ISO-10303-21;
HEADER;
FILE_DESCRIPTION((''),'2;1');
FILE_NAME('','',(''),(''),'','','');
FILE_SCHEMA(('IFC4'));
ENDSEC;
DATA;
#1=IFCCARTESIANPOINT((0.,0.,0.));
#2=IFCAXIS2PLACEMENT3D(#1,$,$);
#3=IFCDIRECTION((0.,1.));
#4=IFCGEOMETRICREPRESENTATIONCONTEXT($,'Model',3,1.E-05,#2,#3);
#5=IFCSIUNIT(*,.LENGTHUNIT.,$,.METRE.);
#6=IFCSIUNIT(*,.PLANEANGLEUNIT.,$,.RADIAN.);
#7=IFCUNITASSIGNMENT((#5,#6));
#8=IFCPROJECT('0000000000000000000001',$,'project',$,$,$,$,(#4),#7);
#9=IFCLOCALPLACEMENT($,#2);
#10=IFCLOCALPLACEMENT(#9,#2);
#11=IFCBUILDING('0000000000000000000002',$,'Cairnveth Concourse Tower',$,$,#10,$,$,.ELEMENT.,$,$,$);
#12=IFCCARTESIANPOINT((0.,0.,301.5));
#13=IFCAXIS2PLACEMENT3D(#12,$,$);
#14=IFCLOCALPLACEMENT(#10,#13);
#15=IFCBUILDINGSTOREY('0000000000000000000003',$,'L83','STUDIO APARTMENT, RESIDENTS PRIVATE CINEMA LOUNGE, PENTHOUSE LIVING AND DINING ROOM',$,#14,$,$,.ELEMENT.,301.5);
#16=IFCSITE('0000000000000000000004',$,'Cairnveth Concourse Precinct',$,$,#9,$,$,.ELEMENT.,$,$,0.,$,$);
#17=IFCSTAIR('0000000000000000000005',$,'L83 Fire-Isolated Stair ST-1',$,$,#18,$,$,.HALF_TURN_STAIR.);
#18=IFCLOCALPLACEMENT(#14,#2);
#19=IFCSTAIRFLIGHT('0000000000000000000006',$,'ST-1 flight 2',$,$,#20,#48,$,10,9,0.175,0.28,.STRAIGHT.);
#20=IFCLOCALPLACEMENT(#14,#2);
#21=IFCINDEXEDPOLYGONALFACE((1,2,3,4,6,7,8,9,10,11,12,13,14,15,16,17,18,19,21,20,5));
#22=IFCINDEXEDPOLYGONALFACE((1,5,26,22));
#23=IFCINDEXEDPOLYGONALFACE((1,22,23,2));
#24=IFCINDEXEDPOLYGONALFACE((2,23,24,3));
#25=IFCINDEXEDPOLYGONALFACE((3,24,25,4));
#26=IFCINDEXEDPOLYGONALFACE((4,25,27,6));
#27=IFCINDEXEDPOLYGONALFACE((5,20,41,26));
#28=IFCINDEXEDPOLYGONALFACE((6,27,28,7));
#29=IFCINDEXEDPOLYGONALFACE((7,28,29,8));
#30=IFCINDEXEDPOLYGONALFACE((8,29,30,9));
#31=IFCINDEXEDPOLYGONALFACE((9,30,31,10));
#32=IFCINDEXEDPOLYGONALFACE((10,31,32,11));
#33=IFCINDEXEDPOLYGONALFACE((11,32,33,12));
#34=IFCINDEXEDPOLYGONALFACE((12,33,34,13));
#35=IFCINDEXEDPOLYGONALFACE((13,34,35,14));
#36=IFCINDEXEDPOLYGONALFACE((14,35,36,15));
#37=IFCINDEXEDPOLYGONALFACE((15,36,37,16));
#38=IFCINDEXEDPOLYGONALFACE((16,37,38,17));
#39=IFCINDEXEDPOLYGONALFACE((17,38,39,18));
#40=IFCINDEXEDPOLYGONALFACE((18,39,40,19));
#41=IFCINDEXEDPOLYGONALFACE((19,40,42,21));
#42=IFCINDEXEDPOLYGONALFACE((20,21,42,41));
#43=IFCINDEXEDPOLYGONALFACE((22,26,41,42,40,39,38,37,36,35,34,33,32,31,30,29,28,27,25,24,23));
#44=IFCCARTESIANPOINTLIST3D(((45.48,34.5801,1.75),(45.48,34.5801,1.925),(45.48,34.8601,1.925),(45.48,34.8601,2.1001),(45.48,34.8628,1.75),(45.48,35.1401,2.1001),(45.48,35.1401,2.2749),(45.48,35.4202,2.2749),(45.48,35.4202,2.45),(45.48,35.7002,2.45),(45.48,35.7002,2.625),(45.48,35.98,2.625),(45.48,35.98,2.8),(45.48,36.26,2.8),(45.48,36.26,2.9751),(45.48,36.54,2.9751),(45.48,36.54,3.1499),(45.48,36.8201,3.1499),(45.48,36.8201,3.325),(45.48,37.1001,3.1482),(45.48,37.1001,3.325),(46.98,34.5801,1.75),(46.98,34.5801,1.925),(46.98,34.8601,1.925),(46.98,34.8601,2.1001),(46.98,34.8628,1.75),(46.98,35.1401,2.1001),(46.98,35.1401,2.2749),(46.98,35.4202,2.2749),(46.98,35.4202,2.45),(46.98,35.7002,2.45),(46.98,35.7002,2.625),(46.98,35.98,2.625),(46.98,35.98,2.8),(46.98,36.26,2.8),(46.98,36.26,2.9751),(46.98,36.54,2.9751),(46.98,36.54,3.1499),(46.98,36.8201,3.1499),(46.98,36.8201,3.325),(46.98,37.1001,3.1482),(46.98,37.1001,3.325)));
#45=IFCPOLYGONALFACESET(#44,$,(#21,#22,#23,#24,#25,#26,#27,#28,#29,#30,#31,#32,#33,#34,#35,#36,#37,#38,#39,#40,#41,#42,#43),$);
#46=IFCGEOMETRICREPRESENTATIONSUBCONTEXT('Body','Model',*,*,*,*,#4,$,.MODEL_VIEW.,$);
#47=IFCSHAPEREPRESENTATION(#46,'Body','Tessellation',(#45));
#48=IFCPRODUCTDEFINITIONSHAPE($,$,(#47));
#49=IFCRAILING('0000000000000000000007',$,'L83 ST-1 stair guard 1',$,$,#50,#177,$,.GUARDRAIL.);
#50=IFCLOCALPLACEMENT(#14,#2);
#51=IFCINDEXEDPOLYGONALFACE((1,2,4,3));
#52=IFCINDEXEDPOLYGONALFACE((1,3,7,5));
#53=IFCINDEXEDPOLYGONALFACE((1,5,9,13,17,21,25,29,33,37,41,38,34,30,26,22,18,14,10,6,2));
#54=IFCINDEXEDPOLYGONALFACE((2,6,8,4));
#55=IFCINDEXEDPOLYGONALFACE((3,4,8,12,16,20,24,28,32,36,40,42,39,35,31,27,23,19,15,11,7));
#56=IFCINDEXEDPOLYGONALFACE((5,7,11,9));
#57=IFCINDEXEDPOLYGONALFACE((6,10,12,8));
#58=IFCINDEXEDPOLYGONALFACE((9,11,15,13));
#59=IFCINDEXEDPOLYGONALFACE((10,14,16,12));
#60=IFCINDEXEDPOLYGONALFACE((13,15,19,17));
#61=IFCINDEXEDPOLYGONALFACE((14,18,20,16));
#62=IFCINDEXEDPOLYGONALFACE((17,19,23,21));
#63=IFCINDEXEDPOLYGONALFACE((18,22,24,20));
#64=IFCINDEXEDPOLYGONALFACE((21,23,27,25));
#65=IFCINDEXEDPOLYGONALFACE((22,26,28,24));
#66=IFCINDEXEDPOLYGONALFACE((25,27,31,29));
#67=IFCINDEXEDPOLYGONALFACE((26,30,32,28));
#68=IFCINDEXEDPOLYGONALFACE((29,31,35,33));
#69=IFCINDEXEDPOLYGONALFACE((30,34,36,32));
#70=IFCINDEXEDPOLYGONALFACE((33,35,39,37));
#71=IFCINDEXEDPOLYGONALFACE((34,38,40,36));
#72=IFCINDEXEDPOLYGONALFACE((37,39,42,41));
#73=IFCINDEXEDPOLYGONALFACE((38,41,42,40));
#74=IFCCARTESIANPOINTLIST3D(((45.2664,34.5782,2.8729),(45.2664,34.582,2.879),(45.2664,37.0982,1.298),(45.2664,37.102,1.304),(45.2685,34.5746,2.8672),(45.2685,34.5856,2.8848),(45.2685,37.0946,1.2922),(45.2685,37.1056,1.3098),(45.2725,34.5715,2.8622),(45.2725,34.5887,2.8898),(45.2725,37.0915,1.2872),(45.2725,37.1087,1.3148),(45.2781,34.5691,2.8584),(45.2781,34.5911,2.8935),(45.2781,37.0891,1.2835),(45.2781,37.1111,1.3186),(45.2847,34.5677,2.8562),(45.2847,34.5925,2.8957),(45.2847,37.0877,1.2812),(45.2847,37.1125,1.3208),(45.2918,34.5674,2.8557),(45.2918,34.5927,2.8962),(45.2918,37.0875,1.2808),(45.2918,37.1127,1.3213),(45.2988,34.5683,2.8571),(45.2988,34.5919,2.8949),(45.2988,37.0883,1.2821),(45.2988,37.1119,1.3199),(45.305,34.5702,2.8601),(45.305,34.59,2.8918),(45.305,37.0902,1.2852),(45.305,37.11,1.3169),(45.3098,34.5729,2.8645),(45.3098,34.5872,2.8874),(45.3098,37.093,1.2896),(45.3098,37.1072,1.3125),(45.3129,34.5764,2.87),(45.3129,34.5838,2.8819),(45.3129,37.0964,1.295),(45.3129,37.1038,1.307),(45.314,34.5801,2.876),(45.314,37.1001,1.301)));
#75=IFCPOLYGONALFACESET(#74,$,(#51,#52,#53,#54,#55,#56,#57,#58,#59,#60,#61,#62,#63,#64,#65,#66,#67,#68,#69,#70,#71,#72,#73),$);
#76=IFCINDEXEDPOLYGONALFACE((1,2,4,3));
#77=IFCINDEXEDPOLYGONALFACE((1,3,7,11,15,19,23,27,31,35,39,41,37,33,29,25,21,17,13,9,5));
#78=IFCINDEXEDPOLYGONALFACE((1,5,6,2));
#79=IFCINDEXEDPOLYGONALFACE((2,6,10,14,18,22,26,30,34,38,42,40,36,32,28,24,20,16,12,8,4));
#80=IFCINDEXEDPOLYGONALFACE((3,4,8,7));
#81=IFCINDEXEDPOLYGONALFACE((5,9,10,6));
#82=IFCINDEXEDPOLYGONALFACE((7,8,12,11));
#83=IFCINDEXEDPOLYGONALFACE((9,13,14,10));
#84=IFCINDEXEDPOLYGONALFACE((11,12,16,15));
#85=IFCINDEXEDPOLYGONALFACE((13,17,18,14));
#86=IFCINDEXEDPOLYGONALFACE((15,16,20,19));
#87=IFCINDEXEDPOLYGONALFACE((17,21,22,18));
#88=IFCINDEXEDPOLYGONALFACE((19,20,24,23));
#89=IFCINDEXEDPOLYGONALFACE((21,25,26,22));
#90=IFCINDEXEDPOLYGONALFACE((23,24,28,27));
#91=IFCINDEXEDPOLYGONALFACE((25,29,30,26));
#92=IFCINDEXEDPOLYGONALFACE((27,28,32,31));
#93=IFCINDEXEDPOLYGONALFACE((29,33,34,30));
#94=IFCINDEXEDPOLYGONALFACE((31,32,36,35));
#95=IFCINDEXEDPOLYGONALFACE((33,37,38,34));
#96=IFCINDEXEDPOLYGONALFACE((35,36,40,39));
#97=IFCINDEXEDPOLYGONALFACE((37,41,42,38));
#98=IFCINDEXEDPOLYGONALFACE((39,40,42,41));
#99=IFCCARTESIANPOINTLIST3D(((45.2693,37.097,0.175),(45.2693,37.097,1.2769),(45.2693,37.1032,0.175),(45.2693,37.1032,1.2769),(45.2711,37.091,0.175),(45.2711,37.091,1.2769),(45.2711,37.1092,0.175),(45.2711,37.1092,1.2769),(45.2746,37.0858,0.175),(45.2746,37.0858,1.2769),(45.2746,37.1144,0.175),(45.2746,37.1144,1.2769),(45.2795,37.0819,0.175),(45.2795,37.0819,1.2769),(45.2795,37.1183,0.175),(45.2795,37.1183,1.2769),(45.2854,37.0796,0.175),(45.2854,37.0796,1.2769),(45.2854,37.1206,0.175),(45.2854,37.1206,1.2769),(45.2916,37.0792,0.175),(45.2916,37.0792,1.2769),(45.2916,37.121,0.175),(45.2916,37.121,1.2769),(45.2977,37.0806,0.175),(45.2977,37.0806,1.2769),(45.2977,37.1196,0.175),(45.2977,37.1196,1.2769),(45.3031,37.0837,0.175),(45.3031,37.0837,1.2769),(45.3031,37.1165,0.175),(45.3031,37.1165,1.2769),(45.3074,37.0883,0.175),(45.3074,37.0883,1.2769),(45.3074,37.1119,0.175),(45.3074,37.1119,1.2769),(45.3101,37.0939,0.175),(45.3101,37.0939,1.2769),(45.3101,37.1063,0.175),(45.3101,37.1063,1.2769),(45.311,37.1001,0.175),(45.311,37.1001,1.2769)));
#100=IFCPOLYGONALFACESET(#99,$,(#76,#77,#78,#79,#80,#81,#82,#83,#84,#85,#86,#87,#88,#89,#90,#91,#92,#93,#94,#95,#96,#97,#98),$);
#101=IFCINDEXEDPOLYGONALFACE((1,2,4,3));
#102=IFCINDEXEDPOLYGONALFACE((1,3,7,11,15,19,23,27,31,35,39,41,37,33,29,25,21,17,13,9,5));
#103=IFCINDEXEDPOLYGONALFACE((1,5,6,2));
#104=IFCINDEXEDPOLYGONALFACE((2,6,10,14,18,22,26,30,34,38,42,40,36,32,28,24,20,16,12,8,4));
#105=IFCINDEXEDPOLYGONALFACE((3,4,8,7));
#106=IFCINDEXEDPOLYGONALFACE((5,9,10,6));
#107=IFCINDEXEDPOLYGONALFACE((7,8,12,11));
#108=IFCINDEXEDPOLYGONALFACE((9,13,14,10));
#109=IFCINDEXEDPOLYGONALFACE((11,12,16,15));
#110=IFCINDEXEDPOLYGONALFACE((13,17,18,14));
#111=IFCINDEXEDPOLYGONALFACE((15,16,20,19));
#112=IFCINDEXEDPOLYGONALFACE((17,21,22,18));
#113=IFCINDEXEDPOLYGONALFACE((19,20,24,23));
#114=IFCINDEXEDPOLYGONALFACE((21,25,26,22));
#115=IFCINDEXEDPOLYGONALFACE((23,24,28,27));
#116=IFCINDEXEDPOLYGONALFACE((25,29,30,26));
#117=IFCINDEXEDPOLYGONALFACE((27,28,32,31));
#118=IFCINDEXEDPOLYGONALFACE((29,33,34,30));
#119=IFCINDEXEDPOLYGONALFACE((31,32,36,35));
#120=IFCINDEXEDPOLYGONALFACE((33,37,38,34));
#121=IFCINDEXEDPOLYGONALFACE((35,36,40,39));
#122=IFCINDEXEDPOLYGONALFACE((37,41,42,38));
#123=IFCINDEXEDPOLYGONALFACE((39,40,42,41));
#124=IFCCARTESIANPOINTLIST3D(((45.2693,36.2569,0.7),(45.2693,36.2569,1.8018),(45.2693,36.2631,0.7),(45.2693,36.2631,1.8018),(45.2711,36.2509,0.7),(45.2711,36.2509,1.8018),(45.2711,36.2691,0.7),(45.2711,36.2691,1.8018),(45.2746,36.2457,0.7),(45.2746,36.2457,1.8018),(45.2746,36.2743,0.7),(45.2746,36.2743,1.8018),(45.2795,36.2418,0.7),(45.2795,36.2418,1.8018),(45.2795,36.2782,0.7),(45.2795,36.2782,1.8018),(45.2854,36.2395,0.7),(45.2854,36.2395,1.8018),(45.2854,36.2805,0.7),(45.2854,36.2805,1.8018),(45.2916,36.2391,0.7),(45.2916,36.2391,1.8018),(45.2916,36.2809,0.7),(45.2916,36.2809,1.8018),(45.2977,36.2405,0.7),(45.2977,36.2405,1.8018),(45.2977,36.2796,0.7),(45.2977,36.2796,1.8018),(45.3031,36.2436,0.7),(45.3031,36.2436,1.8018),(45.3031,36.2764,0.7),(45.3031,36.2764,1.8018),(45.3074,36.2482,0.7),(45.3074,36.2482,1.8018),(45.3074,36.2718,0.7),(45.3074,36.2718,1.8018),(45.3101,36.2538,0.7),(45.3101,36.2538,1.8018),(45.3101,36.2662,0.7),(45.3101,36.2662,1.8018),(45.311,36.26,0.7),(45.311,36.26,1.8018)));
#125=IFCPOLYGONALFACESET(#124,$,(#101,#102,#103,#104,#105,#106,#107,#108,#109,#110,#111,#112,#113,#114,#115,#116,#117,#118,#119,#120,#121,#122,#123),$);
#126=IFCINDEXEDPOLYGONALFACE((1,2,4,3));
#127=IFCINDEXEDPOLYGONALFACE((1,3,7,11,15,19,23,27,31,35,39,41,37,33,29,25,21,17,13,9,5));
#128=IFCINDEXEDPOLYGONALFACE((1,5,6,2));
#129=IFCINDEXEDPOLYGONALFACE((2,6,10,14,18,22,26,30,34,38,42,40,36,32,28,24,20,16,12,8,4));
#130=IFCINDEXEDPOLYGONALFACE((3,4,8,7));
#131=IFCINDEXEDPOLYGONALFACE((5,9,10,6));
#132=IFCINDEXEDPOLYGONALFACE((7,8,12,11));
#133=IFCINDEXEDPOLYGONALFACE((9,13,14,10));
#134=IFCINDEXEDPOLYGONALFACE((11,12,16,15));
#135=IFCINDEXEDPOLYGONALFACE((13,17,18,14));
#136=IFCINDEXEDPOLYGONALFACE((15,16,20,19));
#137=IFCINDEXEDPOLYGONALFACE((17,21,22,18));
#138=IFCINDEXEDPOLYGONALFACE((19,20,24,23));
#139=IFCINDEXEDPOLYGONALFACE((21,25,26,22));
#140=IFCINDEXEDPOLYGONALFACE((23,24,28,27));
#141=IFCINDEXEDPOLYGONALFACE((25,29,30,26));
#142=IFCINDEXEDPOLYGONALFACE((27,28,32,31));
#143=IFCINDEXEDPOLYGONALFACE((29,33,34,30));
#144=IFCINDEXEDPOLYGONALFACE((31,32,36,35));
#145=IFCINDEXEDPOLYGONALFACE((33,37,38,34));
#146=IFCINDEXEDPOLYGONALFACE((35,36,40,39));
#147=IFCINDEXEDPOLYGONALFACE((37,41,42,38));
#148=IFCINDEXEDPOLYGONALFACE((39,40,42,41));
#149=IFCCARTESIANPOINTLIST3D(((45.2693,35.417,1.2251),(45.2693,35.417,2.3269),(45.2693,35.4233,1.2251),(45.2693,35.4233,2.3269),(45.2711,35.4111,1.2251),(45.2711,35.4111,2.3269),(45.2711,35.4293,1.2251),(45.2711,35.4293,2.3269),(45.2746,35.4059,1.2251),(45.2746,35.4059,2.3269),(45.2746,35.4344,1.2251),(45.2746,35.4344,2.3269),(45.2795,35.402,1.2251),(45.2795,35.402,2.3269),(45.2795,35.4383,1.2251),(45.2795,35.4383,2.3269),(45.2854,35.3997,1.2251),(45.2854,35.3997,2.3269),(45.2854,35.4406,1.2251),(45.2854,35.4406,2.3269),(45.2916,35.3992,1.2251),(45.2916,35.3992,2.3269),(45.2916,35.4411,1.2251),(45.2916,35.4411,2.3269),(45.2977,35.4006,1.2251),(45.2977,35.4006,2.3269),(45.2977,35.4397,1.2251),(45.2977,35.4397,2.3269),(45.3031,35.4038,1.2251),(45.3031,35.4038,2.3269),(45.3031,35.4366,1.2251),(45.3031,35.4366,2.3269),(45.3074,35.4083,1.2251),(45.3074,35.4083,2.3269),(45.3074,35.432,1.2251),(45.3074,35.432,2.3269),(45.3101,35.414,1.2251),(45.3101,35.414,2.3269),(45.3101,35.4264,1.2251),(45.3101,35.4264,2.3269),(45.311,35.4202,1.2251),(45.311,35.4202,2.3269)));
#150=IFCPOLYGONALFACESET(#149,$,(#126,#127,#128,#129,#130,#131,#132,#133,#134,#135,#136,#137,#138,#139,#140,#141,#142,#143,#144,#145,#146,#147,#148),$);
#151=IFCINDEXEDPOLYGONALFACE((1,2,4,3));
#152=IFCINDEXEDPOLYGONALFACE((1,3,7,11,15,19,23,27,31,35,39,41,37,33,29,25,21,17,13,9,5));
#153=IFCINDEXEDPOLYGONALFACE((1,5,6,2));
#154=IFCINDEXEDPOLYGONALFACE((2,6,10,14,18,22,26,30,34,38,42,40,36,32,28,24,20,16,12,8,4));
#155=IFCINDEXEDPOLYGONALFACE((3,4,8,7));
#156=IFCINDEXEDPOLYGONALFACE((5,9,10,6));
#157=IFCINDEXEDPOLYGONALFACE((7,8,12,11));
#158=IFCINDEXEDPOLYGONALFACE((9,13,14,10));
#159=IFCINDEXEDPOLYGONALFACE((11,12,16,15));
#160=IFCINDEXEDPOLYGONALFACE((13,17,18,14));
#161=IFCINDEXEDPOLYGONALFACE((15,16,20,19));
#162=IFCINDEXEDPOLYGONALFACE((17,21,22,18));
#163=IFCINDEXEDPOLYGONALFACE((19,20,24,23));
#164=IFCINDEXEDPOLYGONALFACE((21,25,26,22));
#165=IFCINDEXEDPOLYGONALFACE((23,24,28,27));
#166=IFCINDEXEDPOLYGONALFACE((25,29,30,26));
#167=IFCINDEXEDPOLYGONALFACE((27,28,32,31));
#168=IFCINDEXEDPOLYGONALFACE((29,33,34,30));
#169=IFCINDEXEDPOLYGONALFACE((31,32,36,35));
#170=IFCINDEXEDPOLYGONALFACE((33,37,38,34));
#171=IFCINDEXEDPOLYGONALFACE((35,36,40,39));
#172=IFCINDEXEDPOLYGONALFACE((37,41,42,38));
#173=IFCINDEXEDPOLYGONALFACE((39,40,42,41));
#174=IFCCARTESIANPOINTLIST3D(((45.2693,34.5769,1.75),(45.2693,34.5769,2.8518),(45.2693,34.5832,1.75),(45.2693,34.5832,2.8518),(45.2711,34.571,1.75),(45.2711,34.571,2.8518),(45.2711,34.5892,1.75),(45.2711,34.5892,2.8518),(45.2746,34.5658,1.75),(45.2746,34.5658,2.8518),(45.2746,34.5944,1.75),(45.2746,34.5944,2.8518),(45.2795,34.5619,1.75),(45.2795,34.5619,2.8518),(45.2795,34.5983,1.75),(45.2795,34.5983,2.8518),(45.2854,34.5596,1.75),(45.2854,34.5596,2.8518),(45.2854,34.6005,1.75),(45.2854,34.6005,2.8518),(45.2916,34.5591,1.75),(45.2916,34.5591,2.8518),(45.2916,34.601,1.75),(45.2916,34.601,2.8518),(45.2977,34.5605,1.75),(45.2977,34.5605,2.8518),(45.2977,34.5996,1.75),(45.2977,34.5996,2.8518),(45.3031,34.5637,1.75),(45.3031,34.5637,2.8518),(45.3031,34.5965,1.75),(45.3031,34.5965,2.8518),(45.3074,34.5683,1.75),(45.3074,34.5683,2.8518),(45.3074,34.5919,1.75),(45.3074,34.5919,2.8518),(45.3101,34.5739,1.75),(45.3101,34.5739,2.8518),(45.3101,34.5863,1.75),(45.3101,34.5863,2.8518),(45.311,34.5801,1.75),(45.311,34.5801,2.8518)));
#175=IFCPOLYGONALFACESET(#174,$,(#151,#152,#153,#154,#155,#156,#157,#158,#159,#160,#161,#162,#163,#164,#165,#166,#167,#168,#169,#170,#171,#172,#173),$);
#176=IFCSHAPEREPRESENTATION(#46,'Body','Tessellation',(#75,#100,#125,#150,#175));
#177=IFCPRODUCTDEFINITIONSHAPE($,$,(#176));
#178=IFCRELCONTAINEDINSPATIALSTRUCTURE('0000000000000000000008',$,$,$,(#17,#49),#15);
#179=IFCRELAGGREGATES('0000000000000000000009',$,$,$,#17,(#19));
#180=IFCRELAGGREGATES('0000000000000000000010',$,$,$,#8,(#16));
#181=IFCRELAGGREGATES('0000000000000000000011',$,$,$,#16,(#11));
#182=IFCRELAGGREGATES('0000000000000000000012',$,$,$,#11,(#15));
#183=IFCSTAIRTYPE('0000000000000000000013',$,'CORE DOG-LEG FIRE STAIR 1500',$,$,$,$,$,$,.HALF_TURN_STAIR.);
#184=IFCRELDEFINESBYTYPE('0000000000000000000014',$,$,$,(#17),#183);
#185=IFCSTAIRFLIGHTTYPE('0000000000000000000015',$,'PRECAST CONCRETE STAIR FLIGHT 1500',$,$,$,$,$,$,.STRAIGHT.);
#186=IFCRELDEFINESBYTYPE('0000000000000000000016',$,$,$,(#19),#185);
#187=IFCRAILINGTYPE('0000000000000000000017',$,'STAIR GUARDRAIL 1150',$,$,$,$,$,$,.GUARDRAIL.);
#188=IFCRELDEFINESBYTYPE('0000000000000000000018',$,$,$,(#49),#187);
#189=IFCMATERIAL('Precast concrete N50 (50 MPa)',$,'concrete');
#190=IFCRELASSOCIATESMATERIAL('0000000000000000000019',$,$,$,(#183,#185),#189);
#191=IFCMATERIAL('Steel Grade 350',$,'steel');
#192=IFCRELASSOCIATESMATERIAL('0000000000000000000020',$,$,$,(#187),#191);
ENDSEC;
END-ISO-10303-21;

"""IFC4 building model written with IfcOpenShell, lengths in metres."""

from ifc_helpers import new_model, si_unit, direction, frame, origin, origin_2d, place, context, subcontext, project, spatial, polyline, circle, outline, extrude, material, type_object, element, aggregate, save


model = new_model("IFC4")

# Units and contexts
model_context = context("Model", 3, precision=1e-05, world=origin(), true_north=direction((0.0, 1.0)))
body_context = subcontext(model_context, "Body", "Model", "MODEL_VIEW")
ifc_project = project(units=[si_unit("LENGTHUNIT", "METRE"), si_unit("PLANEANGLEUNIT", "RADIAN")], contexts=[model_context])

# Site, building, storey
site_placement = place(None, origin())
site = spatial("IfcSite", under=ifc_project, at=site_placement, Name="Cairnveth Concourse Precinct", CompositionType="ELEMENT", RefElevation=0.0)
building_placement = place(site_placement, origin())
building = spatial("IfcBuilding", under=site, at=building_placement, Name="Cairnveth Concourse Tower", CompositionType="ELEMENT")
storey_placement = place(building_placement, frame((0.0, 0.0, 301.5)))
storey = spatial("IfcBuildingStorey", under=building, at=storey_placement, Name="L83", Description="STUDIO APARTMENT, RESIDENTS PRIVATE CINEMA LOUNGE, PENTHOUSE LIVING AND DINING ROOM", CompositionType="ELEMENT", Elevation=301.5)

# Shared definitions
ifc_material_1 = material(Name="Steel Grade 350", Category="steel")

# Stair, stair flight
ifc_material_2 = material(Name="Precast concrete N50 (50 MPa)", Category="concrete")
stair_type = type_object("IfcStairType", Name="CORE DOG-LEG FIRE STAIR 1500", PredefinedType="HALF_TURN_STAIR", material=ifc_material_2)
stair_placement = place(storey_placement, origin())
stair = element("IfcStair", 1, at=stair_placement, inside=storey, type_object=stair_type, Name="L83 Fire-Isolated Stair ST-1", PredefinedType="HALF_TURN_STAIR")
stair_flight_type = type_object("IfcStairFlightType", Name="PRECAST CONCRETE STAIR FLIGHT 1500", PredefinedType="STRAIGHT", material=ifc_material_2)
stair_flight_1_placement = place(storey_placement, frame((46.23, 34.5801, 1.75), z_axis=(0.0, 0.0, 1.0), x_axis=(0.0, 1.0, 0.0)))
stair_flight_1 = element("IfcStairFlight", 2, at=stair_flight_1_placement, type_object=stair_flight_type, Name="ST-1 flight 2", NumberOfRisers=10, NumberOfTreads=9, PredefinedType="STRAIGHT", RiserHeight=0.175, TreadLength=0.28, context=body_context, shape_type="SweptSolid", body=[
    extrude(outline(polyline([(0.0, 0.0), (0.0, 0.175), (0.28, 0.175), (0.28, 0.3501), (0.5601, 0.3501), (0.5601, 0.5249), (0.8401, 0.5249), (0.8401, 0.7), (1.1201, 0.7), (1.1201, 0.875), (1.3999, 0.875), (1.3999, 1.05), (1.6799, 1.05), (1.6799, 1.2251), (1.96, 1.2251), (1.96, 1.3999), (2.24, 1.3999), (2.24, 1.575), (2.52, 1.575), (2.52, 1.75), (2.52, 1.3982), (0.2827, 0.0), (0.0, 0.0)])), frame((0.0, 0.75, 0.0), z_axis=(0.0, -1.0, 0.0), x_axis=(1.0, 0.0, 0.0)), (0.0, 0.0, 1.0), 1.5),
])
aggregate(stair, [stair_flight_1])

# Railing
railing_type_1 = type_object("IfcRailingType", Name="STAIR GUARDRAIL 1150", PredefinedType="GUARDRAIL", material=ifc_material_1)
railing_1_placement = place(storey_placement, frame((45.29, 37.1001, 0.175)))
element("IfcRailing", 3, at=railing_1_placement, inside=storey, type_object=railing_type_1, Name="L83 ST-1 stair guard 1", PredefinedType="GUARDRAIL", context=body_context, shape_type="SweptSolid", body=[
    extrude(circle(Radius=0.0239, at=origin_2d()), frame((0.0, 0.0, 1.126), z_axis=(0.0, -0.848008, 0.529984), x_axis=(1.0, 0.0, 0.0)), (0.0, 0.0, 1.0), 2.9717),
    extrude(circle(Radius=0.021, at=origin_2d()), origin(), (0.0, 0.0, 1.0), 1.1018),
    extrude(circle(Radius=0.021, at=origin_2d()), frame((0.0, -0.8401, 0.5249)), (0.0, 0.0, 1.0), 1.1018),
    extrude(circle(Radius=0.021, at=origin_2d()), frame((0.0, -1.6799, 1.05)), (0.0, 0.0, 1.0), 1.1018),
    extrude(circle(Radius=0.021, at=origin_2d()), frame((0.0, -2.52, 1.575)), (0.0, 0.0, 1.0), 1.1018),
])

save(model, "model.ifc")
